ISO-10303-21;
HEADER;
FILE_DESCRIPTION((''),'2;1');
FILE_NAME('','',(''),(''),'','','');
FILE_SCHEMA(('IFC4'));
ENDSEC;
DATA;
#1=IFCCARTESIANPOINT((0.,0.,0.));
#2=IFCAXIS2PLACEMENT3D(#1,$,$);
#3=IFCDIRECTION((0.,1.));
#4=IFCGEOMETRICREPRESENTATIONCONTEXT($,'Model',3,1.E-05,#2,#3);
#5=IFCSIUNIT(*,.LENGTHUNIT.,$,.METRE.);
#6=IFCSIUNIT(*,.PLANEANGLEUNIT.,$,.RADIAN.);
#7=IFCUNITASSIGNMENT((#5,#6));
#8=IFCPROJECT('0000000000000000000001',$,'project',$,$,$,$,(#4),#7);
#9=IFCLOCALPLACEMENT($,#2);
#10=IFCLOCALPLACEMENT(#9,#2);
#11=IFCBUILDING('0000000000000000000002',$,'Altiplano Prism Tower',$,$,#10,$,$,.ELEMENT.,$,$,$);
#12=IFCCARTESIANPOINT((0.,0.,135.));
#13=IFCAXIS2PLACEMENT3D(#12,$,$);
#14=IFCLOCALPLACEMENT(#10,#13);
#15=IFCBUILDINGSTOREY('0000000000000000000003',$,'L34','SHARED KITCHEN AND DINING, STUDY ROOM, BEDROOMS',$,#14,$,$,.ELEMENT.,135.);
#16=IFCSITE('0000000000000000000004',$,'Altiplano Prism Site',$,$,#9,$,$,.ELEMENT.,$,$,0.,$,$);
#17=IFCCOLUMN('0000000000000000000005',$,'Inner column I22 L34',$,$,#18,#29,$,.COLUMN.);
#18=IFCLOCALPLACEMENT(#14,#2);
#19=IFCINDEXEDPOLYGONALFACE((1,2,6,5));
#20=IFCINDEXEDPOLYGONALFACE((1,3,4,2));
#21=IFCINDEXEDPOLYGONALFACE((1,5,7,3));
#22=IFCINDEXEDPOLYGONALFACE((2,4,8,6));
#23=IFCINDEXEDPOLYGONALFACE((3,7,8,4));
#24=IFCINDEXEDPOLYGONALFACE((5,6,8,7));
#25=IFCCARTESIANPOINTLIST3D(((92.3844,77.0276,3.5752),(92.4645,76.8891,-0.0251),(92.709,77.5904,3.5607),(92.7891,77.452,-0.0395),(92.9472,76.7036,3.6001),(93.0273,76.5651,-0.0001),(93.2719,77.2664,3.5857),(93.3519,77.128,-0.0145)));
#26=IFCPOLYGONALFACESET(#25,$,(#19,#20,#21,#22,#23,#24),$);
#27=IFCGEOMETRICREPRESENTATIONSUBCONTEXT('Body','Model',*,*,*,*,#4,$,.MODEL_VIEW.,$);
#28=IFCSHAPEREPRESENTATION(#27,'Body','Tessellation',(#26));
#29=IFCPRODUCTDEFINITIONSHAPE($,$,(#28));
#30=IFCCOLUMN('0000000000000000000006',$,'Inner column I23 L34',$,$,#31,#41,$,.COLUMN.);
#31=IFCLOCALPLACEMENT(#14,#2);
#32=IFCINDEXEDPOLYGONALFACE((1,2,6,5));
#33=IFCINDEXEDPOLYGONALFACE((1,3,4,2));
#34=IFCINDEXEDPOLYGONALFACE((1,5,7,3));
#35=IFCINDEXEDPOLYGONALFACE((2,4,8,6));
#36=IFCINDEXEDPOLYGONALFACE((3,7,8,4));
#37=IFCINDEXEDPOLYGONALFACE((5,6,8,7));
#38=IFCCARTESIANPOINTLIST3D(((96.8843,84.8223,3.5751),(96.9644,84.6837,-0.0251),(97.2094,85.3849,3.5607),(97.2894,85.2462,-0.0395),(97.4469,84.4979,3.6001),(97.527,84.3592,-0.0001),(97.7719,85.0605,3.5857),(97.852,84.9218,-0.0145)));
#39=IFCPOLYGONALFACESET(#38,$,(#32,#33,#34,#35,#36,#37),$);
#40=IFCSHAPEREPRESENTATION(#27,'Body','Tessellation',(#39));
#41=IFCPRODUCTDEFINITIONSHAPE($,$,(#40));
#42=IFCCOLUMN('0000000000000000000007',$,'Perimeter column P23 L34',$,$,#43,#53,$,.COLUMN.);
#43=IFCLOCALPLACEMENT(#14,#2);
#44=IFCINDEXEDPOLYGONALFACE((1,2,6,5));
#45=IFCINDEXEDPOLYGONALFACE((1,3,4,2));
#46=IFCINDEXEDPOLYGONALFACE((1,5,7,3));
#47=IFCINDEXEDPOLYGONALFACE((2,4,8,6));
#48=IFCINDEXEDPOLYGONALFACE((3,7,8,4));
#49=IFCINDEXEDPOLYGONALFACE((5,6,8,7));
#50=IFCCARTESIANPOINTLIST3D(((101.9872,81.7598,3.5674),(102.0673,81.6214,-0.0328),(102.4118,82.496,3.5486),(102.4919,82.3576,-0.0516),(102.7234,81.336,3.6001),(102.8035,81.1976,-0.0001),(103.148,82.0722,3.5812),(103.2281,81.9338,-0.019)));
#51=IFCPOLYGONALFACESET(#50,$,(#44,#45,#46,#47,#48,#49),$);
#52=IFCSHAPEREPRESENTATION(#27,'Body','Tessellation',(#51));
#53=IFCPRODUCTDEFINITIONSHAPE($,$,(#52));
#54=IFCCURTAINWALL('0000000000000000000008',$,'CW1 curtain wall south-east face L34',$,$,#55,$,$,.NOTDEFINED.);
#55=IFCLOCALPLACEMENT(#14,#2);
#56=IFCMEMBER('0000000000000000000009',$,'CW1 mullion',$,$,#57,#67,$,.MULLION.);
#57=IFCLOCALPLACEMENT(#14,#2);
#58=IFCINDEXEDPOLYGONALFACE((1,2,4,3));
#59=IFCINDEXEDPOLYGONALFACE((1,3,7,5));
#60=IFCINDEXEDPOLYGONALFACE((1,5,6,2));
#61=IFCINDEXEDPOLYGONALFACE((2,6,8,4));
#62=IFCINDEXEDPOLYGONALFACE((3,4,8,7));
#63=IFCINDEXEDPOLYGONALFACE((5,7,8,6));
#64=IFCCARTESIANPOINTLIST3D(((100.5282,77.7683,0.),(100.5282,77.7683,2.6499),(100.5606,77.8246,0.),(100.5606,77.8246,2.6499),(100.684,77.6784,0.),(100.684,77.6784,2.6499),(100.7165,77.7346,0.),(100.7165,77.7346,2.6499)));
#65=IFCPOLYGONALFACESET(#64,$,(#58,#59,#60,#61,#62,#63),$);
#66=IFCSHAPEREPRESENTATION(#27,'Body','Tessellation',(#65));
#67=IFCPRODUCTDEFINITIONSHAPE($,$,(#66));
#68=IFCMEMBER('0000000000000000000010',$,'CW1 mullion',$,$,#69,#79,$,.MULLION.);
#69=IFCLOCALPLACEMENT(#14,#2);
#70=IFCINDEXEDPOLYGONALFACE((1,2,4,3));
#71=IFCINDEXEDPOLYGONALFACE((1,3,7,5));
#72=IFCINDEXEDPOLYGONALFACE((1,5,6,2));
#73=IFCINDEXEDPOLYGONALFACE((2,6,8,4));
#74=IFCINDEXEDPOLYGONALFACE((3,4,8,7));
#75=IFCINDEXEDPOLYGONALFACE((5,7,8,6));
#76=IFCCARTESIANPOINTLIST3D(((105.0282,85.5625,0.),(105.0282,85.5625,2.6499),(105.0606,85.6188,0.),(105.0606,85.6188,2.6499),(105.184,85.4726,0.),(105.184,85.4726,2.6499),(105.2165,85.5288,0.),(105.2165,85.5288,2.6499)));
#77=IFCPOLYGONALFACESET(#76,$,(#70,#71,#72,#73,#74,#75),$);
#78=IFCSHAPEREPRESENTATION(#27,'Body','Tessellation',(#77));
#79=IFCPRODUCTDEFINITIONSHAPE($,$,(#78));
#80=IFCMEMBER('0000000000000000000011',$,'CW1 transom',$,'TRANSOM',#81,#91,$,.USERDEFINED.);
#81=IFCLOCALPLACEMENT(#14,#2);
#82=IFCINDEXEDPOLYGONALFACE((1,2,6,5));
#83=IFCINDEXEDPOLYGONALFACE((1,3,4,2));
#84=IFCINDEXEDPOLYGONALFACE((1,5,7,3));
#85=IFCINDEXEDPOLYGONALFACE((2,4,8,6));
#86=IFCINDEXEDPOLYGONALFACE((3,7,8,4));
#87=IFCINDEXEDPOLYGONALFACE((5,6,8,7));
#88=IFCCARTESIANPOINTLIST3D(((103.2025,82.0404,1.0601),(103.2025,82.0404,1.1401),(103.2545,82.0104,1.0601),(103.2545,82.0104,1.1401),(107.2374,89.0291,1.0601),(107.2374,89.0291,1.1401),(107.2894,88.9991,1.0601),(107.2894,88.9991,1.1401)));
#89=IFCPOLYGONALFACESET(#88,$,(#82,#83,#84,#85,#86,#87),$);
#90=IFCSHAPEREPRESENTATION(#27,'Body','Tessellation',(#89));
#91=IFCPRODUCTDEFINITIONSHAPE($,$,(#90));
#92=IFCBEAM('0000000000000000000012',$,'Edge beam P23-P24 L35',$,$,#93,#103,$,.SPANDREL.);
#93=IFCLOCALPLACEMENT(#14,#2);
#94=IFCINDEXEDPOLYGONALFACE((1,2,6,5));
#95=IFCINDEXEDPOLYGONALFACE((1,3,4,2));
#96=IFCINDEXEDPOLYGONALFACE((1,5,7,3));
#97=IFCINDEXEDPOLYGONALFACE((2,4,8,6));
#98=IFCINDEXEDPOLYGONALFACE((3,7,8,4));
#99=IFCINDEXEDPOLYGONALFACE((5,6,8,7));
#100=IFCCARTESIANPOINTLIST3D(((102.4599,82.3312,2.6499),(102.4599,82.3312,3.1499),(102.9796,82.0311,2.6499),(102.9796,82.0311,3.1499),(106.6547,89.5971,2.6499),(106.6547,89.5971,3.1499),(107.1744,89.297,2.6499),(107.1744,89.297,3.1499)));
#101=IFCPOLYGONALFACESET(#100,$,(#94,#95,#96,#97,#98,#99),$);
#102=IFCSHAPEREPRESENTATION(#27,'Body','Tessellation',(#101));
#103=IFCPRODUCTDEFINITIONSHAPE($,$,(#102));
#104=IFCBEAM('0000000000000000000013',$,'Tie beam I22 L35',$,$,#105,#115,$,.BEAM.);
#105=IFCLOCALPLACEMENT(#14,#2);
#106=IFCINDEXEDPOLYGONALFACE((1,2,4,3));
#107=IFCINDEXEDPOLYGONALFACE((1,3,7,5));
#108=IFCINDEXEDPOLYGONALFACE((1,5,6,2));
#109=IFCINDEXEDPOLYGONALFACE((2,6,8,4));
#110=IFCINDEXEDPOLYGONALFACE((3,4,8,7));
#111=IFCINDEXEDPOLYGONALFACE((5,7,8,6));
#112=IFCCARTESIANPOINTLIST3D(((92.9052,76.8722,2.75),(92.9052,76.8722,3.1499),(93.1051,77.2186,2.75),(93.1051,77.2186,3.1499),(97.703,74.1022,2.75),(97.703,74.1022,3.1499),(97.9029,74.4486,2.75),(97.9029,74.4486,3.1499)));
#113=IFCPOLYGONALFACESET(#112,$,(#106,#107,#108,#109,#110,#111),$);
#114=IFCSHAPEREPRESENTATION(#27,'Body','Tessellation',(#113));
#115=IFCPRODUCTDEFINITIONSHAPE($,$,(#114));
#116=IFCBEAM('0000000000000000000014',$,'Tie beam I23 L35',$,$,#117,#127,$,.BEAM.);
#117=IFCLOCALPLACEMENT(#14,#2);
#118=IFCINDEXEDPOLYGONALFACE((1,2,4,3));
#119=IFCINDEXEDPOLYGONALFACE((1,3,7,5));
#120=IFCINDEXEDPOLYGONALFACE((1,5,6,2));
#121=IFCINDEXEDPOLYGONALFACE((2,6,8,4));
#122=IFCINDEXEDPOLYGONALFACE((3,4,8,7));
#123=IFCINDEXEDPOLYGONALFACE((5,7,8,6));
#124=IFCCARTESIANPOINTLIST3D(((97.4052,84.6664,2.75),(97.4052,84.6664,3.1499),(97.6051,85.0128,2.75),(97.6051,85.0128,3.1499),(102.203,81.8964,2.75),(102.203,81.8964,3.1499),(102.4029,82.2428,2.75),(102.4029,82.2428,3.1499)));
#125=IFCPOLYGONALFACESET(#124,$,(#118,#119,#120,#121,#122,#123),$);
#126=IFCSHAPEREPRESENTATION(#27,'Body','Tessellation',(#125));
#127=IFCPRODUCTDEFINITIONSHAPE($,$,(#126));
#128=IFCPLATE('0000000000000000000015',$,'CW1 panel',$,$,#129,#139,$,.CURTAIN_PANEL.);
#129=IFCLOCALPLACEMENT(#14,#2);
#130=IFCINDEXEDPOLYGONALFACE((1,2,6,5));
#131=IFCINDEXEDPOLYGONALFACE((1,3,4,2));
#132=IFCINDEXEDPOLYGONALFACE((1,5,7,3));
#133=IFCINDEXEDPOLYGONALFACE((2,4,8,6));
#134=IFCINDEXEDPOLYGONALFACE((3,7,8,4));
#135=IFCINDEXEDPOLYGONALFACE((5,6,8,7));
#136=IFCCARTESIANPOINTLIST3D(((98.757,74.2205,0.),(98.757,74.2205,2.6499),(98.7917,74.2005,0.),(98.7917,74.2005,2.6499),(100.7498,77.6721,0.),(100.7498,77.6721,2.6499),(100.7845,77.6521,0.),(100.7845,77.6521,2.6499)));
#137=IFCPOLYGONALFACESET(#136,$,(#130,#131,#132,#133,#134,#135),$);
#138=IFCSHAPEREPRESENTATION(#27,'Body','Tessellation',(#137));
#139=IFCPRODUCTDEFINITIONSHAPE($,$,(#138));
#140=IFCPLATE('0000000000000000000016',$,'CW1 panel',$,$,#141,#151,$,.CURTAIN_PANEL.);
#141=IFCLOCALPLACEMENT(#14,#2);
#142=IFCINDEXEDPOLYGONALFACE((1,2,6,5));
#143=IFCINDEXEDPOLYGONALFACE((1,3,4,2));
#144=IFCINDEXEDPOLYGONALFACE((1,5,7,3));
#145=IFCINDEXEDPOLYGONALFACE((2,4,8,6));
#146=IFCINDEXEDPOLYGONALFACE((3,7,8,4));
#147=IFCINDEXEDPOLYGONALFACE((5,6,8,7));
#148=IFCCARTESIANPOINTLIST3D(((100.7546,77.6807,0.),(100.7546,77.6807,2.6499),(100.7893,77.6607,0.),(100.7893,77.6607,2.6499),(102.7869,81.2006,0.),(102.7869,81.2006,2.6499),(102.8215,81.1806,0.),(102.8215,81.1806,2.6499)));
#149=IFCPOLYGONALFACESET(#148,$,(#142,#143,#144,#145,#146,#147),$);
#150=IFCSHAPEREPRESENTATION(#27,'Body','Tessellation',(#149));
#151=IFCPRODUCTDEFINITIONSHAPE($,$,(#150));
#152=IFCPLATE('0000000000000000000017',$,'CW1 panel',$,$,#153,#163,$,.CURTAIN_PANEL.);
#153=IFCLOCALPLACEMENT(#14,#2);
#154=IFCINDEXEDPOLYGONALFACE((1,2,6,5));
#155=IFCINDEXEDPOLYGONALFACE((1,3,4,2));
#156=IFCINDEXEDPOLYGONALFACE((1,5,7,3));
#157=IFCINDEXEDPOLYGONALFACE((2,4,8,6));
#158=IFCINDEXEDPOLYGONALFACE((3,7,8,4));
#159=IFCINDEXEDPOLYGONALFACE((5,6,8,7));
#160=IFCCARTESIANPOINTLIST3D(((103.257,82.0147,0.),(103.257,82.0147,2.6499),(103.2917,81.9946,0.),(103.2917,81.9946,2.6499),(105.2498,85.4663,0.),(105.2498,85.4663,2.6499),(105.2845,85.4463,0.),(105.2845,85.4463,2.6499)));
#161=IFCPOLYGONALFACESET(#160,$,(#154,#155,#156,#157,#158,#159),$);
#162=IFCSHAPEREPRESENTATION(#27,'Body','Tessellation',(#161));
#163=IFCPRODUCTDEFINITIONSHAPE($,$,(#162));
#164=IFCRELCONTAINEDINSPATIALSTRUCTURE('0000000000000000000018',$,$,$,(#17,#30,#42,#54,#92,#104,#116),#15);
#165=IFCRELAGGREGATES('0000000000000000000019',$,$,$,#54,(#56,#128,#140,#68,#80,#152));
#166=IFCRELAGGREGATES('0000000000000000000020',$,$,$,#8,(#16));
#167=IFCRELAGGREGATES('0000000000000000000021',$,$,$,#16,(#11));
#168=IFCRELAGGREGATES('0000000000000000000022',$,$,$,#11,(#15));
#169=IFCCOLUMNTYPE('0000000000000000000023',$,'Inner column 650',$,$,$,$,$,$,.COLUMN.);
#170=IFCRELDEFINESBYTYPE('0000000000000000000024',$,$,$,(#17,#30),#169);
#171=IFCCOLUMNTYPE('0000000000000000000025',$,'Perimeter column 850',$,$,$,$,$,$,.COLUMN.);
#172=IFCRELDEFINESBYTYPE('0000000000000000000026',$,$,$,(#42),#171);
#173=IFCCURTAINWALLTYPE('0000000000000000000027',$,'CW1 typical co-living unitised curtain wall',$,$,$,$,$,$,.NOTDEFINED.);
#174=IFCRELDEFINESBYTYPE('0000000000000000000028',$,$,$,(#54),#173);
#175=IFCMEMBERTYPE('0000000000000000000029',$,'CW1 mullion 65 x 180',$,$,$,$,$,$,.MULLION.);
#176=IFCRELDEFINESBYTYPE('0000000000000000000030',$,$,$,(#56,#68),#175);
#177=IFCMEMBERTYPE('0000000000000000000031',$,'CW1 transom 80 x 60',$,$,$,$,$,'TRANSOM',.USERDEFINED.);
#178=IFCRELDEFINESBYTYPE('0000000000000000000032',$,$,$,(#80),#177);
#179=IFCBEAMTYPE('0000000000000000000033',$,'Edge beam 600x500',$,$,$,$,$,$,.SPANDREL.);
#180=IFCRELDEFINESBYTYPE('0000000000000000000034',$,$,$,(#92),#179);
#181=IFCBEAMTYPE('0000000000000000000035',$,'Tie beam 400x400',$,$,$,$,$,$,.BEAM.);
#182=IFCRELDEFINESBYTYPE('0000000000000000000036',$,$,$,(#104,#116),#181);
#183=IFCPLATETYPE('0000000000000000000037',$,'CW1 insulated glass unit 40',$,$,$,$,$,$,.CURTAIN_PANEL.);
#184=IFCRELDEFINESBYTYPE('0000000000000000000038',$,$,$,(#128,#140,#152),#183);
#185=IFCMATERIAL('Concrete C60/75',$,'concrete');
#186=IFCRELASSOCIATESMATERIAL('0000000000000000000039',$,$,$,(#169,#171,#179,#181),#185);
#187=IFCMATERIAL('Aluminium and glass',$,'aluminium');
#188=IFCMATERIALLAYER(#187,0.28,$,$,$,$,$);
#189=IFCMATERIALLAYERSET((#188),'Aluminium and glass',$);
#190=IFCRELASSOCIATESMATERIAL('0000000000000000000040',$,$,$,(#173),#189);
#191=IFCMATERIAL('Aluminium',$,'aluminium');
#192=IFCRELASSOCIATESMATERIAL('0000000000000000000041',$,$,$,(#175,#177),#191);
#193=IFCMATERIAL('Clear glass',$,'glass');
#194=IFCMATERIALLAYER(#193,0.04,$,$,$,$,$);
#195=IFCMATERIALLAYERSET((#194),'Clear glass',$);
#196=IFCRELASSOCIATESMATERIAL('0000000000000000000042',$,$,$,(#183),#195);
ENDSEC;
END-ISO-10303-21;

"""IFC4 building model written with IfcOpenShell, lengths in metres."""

from ifc_helpers import new_model, si_unit, direction, frame, origin, origin_2d, place, context, subcontext, project, spatial, rectangle, extrude, material, layer, layer_set, material_profile, profile_set, type_object, element, aggregate, save


model = new_model("IFC4")

# Units and contexts
model_context = context("Model", 3, precision=1e-05, world=origin(), true_north=direction((0.0, 1.0)))
body_context = subcontext(model_context, "Body", "Model", "MODEL_VIEW")
ifc_project = project(units=[si_unit("LENGTHUNIT", "METRE"), si_unit("PLANEANGLEUNIT", "RADIAN")], contexts=[model_context])

# Site, building, storey
site_placement = place(None, origin())
site = spatial("IfcSite", under=ifc_project, at=site_placement, Name="Altiplano Prism Site", CompositionType="ELEMENT", RefElevation=0.0)
building_placement = place(site_placement, origin())
building = spatial("IfcBuilding", under=site, at=building_placement, Name="Altiplano Prism Tower", CompositionType="ELEMENT")
storey_placement = place(building_placement, frame((0.0, 0.0, 135.0)))
storey = spatial("IfcBuildingStorey", under=building, at=storey_placement, Name="L34", Description="SHARED KITCHEN AND DINING, STUDY ROOM, BEDROOMS", CompositionType="ELEMENT", Elevation=135.0)

# Columns
ifc_material_1 = material(Name="Concrete C60/75", Category="concrete")
ifc_material_profile_1 = material_profile(ifc_material_1, rectangle(XDim=0.6499, YDim=0.6499, at=origin_2d()), Name="Inner column 650")
ifc_profile_set_1 = profile_set([ifc_material_profile_1], Name="Concrete C60/75")
column_type_1 = type_object("IfcColumnType", Name="Inner column 650", PredefinedType="COLUMN", material=ifc_profile_set_1)
for number, where, z_axis, x_axis, name in (
    (1, (92.9082, 77.0085, -0.0198), (-0.022221, 0.038413, 0.999015), (-0.499513, -0.866022, 0.022189), "Inner column I22 L34"),
    (2, (97.4082, 84.8027, -0.0198), (-0.022221, 0.038481, 0.999012), (-0.500175, -0.865639, 0.022218), "Inner column I23 L34"),
):
    element("IfcColumn", number, at=place(storey_placement, frame(where, z_axis=z_axis, x_axis=x_axis)), inside=storey, type_object=column_type_1, Name=name, PredefinedType="COLUMN", context=body_context, shape_type="SweptSolid", body=[
        extrude(rectangle(XDim=0.6499, YDim=0.6499, at=origin_2d()), origin(), (0.0, 0.0, 1.0), 3.6038),
    ])
ifc_material_profile_2 = material_profile(ifc_material_1, rectangle(XDim=0.8501, YDim=0.8501, at=origin_2d()), Name="Perimeter column 850")
ifc_profile_set_2 = profile_set([ifc_material_profile_2], Name="Concrete C60/75")
column_type_2 = type_object("IfcColumnType", Name="Perimeter column 850", PredefinedType="COLUMN", material=ifc_profile_set_2)
column_placement = place(storey_placement, frame((102.6477, 81.7776, -0.0259), z_axis=(-0.022221, 0.038413, 0.999015), x_axis=(-0.499518, -0.86602, 0.022188)))
element("IfcColumn", 3, at=column_placement, inside=storey, type_object=column_type_2, Name="Perimeter column P23 L34", PredefinedType="COLUMN", context=body_context, shape_type="SweptSolid", body=[
    extrude(rectangle(XDim=0.8501, YDim=0.8501, at=origin_2d()), origin(), (0.0, 0.0, 1.0), 3.6038),
])

# Curtain wall, members
ifc_material_2 = material(Name="Aluminium and glass", Category="aluminium")
ifc_layer_1 = layer(ifc_material_2, 0.28)
ifc_layer_set_1 = layer_set([ifc_layer_1], Name="Aluminium and glass")
curtain_wall_type = type_object("IfcCurtainWallType", Name="CW1 typical co-living unitised curtain wall", PredefinedType="NOTDEFINED", material=ifc_layer_set_1)
curtain_wall_placement = place(storey_placement, origin())
curtain_wall = element("IfcCurtainWall", 4, at=curtain_wall_placement, inside=storey, type_object=curtain_wall_type, Name="CW1 curtain wall south-east face L34", PredefinedType="NOTDEFINED")
ifc_material_3 = material(Name="Aluminium", Category="aluminium")
ifc_material_profile_3 = material_profile(ifc_material_3, rectangle(XDim=0.1799, YDim=0.0649, at=origin_2d()), Name="CW1 mullion 65 x 180")
ifc_profile_set_3 = profile_set([ifc_material_profile_3], Name="Aluminium")
member_type_1 = type_object("IfcMemberType", Name="CW1 mullion 65 x 180", PredefinedType="MULLION", material=ifc_profile_set_3)
member_1_placement = place(storey_placement, frame((100.6223, 77.7515, 0.0), z_axis=(0.0, 0.0, 1.0), x_axis=(-0.866025, 0.5, 0.0)))
member_1 = element("IfcMember", 5, at=member_1_placement, type_object=member_type_1, Name="CW1 mullion", PredefinedType="MULLION", context=body_context, shape_type="SweptSolid", body=[
    extrude(rectangle(XDim=0.1799, YDim=0.0649, at=origin_2d()), origin(), (0.0, 0.0, 1.0), 2.6499),
])
member_2_placement = place(storey_placement, frame((105.1223, 85.5457, 0.0), z_axis=(0.0, 0.0, 1.0), x_axis=(-0.866025, 0.5, 0.0)))
member_2 = element("IfcMember", 6, at=member_2_placement, type_object=member_type_1, Name="CW1 mullion", PredefinedType="MULLION", context=body_context, shape_type="SweptSolid", body=[
    extrude(rectangle(XDim=0.1799, YDim=0.0649, at=origin_2d()), origin(), (0.0, 0.0, 1.0), 2.6499),
])
ifc_material_profile_4 = material_profile(ifc_material_3, rectangle(XDim=0.0601, YDim=0.0801, at=origin_2d()), Name="CW1 transom 80 x 60")
ifc_profile_set_4 = profile_set([ifc_material_profile_4], Name="Aluminium")
member_type_2 = type_object("IfcMemberType", Name="CW1 transom 80 x 60", ElementType="TRANSOM", PredefinedType="USERDEFINED", material=ifc_profile_set_4)
member_3_placement = place(storey_placement, frame((103.2285, 82.0254, 1.1001), z_axis=(0.499995, 0.866028, 0.0), x_axis=(-0.866028, 0.499995, 0.0)))
member_3 = element("IfcMember", 7, at=member_3_placement, type_object=member_type_2, Name="CW1 transom", ObjectType="TRANSOM", PredefinedType="USERDEFINED", context=body_context, shape_type="SweptSolid", body=[
    extrude(rectangle(XDim=0.0601, YDim=0.0801, at=origin_2d()), origin(), (0.0, 0.0, 1.0), 8.0698),
])

# Beams
ifc_material_profile_5 = material_profile(ifc_material_1, rectangle(XDim=0.6001, YDim=0.5, at=origin_2d()), Name="Edge beam 600x500")
ifc_profile_set_5 = profile_set([ifc_material_profile_5], Name="Concrete C60/75")
beam_type_1 = type_object("IfcBeamType", Name="Edge beam 600x500", PredefinedType="SPANDREL", material=ifc_profile_set_5)
beam_placement = place(storey_placement, frame((102.7197, 82.1812, 2.8999), z_axis=(0.499989, 0.866032, 0.0), x_axis=(-0.866032, 0.499989, 0.0)))
element("IfcBeam", 8, at=beam_placement, inside=storey, type_object=beam_type_1, Name="Edge beam P23-P24 L35", PredefinedType="SPANDREL", context=body_context, shape_type="SweptSolid", body=[
    extrude(rectangle(XDim=0.6001, YDim=0.5, at=origin_2d()), origin(), (0.0, 0.0, 1.0), 8.3899),
])
ifc_material_profile_6 = material_profile(ifc_material_1, rectangle(XDim=0.3999, YDim=0.3999, at=origin_2d()), Name="Tie beam 400x400")
ifc_profile_set_6 = profile_set([ifc_material_profile_6], Name="Concrete C60/75")
beam_type_2 = type_object("IfcBeamType", Name="Tie beam 400x400", PredefinedType="BEAM", material=ifc_profile_set_6)
for number, where, z_axis, x_axis, name in (
    (9, (93.0051, 77.0454, 2.95), (0.866027, -0.499997, 0.0), (0.499997, 0.866027, 0.0), "Tie beam I22 L35"),
    (10, (97.5051, 84.8396, 2.95), (0.866027, -0.499997, 0.0), (0.499997, 0.866027, 0.0), "Tie beam I23 L35"),
):
    element("IfcBeam", number, at=place(storey_placement, frame(where, z_axis=z_axis, x_axis=x_axis)), inside=storey, type_object=beam_type_2, Name=name, PredefinedType="BEAM", context=body_context, shape_type="SweptSolid", body=[
        extrude(rectangle(XDim=0.3999, YDim=0.3999, at=origin_2d()), origin(), (0.0, 0.0, 1.0), 5.54),
    ])

# Plates
ifc_material_4 = material(Name="Clear glass", Category="glass")
ifc_layer_2 = layer(ifc_material_4, 0.04)
ifc_layer_set_2 = layer_set([ifc_layer_2], Name="Clear glass")
plate_type = type_object("IfcPlateType", Name="CW1 insulated glass unit 40", PredefinedType="CURTAIN_PANEL", material=ifc_layer_set_2)
plate_1_placement = place(storey_placement, frame((99.7708, 75.9363, 0.0), z_axis=(0.0, 0.0, 1.0), x_axis=(0.5, 0.866025, 0.0)))
plate_1 = element("IfcPlate", 11, at=plate_1_placement, type_object=plate_type, Name="CW1 panel", PredefinedType="CURTAIN_PANEL", context=body_context, shape_type="SweptSolid", body=[
    extrude(rectangle(XDim=3.9856, YDim=0.04, at=origin_2d()), origin(), (0.0, 0.0, 1.0), 2.6499),
])
plate_2_placement = place(storey_placement, frame((101.7881, 79.4307, 0.0), z_axis=(0.0, 0.0, 1.0), x_axis=(0.5, 0.866025, 0.0)))
plate_2 = element("IfcPlate", 12, at=plate_2_placement, type_object=plate_type, Name="CW1 panel", PredefinedType="CURTAIN_PANEL", context=body_context, shape_type="SweptSolid", body=[
    extrude(rectangle(XDim=4.0645, YDim=0.04, at=origin_2d()), origin(), (0.0, 0.0, 1.0), 2.6499),
])
plate_3_placement = place(storey_placement, frame((104.2708, 83.7305, 0.0), z_axis=(0.0, 0.0, 1.0), x_axis=(0.5, 0.866025, 0.0)))
plate_3 = element("IfcPlate", 13, at=plate_3_placement, type_object=plate_type, Name="CW1 panel", PredefinedType="CURTAIN_PANEL", context=body_context, shape_type="SweptSolid", body=[
    extrude(rectangle(XDim=3.9856, YDim=0.04, at=origin_2d()), origin(), (0.0, 0.0, 1.0), 2.6499),
])
aggregate(curtain_wall, [member_1, plate_1, plate_2, member_2, member_3, plate_3])

save(model, "model.ifc")
